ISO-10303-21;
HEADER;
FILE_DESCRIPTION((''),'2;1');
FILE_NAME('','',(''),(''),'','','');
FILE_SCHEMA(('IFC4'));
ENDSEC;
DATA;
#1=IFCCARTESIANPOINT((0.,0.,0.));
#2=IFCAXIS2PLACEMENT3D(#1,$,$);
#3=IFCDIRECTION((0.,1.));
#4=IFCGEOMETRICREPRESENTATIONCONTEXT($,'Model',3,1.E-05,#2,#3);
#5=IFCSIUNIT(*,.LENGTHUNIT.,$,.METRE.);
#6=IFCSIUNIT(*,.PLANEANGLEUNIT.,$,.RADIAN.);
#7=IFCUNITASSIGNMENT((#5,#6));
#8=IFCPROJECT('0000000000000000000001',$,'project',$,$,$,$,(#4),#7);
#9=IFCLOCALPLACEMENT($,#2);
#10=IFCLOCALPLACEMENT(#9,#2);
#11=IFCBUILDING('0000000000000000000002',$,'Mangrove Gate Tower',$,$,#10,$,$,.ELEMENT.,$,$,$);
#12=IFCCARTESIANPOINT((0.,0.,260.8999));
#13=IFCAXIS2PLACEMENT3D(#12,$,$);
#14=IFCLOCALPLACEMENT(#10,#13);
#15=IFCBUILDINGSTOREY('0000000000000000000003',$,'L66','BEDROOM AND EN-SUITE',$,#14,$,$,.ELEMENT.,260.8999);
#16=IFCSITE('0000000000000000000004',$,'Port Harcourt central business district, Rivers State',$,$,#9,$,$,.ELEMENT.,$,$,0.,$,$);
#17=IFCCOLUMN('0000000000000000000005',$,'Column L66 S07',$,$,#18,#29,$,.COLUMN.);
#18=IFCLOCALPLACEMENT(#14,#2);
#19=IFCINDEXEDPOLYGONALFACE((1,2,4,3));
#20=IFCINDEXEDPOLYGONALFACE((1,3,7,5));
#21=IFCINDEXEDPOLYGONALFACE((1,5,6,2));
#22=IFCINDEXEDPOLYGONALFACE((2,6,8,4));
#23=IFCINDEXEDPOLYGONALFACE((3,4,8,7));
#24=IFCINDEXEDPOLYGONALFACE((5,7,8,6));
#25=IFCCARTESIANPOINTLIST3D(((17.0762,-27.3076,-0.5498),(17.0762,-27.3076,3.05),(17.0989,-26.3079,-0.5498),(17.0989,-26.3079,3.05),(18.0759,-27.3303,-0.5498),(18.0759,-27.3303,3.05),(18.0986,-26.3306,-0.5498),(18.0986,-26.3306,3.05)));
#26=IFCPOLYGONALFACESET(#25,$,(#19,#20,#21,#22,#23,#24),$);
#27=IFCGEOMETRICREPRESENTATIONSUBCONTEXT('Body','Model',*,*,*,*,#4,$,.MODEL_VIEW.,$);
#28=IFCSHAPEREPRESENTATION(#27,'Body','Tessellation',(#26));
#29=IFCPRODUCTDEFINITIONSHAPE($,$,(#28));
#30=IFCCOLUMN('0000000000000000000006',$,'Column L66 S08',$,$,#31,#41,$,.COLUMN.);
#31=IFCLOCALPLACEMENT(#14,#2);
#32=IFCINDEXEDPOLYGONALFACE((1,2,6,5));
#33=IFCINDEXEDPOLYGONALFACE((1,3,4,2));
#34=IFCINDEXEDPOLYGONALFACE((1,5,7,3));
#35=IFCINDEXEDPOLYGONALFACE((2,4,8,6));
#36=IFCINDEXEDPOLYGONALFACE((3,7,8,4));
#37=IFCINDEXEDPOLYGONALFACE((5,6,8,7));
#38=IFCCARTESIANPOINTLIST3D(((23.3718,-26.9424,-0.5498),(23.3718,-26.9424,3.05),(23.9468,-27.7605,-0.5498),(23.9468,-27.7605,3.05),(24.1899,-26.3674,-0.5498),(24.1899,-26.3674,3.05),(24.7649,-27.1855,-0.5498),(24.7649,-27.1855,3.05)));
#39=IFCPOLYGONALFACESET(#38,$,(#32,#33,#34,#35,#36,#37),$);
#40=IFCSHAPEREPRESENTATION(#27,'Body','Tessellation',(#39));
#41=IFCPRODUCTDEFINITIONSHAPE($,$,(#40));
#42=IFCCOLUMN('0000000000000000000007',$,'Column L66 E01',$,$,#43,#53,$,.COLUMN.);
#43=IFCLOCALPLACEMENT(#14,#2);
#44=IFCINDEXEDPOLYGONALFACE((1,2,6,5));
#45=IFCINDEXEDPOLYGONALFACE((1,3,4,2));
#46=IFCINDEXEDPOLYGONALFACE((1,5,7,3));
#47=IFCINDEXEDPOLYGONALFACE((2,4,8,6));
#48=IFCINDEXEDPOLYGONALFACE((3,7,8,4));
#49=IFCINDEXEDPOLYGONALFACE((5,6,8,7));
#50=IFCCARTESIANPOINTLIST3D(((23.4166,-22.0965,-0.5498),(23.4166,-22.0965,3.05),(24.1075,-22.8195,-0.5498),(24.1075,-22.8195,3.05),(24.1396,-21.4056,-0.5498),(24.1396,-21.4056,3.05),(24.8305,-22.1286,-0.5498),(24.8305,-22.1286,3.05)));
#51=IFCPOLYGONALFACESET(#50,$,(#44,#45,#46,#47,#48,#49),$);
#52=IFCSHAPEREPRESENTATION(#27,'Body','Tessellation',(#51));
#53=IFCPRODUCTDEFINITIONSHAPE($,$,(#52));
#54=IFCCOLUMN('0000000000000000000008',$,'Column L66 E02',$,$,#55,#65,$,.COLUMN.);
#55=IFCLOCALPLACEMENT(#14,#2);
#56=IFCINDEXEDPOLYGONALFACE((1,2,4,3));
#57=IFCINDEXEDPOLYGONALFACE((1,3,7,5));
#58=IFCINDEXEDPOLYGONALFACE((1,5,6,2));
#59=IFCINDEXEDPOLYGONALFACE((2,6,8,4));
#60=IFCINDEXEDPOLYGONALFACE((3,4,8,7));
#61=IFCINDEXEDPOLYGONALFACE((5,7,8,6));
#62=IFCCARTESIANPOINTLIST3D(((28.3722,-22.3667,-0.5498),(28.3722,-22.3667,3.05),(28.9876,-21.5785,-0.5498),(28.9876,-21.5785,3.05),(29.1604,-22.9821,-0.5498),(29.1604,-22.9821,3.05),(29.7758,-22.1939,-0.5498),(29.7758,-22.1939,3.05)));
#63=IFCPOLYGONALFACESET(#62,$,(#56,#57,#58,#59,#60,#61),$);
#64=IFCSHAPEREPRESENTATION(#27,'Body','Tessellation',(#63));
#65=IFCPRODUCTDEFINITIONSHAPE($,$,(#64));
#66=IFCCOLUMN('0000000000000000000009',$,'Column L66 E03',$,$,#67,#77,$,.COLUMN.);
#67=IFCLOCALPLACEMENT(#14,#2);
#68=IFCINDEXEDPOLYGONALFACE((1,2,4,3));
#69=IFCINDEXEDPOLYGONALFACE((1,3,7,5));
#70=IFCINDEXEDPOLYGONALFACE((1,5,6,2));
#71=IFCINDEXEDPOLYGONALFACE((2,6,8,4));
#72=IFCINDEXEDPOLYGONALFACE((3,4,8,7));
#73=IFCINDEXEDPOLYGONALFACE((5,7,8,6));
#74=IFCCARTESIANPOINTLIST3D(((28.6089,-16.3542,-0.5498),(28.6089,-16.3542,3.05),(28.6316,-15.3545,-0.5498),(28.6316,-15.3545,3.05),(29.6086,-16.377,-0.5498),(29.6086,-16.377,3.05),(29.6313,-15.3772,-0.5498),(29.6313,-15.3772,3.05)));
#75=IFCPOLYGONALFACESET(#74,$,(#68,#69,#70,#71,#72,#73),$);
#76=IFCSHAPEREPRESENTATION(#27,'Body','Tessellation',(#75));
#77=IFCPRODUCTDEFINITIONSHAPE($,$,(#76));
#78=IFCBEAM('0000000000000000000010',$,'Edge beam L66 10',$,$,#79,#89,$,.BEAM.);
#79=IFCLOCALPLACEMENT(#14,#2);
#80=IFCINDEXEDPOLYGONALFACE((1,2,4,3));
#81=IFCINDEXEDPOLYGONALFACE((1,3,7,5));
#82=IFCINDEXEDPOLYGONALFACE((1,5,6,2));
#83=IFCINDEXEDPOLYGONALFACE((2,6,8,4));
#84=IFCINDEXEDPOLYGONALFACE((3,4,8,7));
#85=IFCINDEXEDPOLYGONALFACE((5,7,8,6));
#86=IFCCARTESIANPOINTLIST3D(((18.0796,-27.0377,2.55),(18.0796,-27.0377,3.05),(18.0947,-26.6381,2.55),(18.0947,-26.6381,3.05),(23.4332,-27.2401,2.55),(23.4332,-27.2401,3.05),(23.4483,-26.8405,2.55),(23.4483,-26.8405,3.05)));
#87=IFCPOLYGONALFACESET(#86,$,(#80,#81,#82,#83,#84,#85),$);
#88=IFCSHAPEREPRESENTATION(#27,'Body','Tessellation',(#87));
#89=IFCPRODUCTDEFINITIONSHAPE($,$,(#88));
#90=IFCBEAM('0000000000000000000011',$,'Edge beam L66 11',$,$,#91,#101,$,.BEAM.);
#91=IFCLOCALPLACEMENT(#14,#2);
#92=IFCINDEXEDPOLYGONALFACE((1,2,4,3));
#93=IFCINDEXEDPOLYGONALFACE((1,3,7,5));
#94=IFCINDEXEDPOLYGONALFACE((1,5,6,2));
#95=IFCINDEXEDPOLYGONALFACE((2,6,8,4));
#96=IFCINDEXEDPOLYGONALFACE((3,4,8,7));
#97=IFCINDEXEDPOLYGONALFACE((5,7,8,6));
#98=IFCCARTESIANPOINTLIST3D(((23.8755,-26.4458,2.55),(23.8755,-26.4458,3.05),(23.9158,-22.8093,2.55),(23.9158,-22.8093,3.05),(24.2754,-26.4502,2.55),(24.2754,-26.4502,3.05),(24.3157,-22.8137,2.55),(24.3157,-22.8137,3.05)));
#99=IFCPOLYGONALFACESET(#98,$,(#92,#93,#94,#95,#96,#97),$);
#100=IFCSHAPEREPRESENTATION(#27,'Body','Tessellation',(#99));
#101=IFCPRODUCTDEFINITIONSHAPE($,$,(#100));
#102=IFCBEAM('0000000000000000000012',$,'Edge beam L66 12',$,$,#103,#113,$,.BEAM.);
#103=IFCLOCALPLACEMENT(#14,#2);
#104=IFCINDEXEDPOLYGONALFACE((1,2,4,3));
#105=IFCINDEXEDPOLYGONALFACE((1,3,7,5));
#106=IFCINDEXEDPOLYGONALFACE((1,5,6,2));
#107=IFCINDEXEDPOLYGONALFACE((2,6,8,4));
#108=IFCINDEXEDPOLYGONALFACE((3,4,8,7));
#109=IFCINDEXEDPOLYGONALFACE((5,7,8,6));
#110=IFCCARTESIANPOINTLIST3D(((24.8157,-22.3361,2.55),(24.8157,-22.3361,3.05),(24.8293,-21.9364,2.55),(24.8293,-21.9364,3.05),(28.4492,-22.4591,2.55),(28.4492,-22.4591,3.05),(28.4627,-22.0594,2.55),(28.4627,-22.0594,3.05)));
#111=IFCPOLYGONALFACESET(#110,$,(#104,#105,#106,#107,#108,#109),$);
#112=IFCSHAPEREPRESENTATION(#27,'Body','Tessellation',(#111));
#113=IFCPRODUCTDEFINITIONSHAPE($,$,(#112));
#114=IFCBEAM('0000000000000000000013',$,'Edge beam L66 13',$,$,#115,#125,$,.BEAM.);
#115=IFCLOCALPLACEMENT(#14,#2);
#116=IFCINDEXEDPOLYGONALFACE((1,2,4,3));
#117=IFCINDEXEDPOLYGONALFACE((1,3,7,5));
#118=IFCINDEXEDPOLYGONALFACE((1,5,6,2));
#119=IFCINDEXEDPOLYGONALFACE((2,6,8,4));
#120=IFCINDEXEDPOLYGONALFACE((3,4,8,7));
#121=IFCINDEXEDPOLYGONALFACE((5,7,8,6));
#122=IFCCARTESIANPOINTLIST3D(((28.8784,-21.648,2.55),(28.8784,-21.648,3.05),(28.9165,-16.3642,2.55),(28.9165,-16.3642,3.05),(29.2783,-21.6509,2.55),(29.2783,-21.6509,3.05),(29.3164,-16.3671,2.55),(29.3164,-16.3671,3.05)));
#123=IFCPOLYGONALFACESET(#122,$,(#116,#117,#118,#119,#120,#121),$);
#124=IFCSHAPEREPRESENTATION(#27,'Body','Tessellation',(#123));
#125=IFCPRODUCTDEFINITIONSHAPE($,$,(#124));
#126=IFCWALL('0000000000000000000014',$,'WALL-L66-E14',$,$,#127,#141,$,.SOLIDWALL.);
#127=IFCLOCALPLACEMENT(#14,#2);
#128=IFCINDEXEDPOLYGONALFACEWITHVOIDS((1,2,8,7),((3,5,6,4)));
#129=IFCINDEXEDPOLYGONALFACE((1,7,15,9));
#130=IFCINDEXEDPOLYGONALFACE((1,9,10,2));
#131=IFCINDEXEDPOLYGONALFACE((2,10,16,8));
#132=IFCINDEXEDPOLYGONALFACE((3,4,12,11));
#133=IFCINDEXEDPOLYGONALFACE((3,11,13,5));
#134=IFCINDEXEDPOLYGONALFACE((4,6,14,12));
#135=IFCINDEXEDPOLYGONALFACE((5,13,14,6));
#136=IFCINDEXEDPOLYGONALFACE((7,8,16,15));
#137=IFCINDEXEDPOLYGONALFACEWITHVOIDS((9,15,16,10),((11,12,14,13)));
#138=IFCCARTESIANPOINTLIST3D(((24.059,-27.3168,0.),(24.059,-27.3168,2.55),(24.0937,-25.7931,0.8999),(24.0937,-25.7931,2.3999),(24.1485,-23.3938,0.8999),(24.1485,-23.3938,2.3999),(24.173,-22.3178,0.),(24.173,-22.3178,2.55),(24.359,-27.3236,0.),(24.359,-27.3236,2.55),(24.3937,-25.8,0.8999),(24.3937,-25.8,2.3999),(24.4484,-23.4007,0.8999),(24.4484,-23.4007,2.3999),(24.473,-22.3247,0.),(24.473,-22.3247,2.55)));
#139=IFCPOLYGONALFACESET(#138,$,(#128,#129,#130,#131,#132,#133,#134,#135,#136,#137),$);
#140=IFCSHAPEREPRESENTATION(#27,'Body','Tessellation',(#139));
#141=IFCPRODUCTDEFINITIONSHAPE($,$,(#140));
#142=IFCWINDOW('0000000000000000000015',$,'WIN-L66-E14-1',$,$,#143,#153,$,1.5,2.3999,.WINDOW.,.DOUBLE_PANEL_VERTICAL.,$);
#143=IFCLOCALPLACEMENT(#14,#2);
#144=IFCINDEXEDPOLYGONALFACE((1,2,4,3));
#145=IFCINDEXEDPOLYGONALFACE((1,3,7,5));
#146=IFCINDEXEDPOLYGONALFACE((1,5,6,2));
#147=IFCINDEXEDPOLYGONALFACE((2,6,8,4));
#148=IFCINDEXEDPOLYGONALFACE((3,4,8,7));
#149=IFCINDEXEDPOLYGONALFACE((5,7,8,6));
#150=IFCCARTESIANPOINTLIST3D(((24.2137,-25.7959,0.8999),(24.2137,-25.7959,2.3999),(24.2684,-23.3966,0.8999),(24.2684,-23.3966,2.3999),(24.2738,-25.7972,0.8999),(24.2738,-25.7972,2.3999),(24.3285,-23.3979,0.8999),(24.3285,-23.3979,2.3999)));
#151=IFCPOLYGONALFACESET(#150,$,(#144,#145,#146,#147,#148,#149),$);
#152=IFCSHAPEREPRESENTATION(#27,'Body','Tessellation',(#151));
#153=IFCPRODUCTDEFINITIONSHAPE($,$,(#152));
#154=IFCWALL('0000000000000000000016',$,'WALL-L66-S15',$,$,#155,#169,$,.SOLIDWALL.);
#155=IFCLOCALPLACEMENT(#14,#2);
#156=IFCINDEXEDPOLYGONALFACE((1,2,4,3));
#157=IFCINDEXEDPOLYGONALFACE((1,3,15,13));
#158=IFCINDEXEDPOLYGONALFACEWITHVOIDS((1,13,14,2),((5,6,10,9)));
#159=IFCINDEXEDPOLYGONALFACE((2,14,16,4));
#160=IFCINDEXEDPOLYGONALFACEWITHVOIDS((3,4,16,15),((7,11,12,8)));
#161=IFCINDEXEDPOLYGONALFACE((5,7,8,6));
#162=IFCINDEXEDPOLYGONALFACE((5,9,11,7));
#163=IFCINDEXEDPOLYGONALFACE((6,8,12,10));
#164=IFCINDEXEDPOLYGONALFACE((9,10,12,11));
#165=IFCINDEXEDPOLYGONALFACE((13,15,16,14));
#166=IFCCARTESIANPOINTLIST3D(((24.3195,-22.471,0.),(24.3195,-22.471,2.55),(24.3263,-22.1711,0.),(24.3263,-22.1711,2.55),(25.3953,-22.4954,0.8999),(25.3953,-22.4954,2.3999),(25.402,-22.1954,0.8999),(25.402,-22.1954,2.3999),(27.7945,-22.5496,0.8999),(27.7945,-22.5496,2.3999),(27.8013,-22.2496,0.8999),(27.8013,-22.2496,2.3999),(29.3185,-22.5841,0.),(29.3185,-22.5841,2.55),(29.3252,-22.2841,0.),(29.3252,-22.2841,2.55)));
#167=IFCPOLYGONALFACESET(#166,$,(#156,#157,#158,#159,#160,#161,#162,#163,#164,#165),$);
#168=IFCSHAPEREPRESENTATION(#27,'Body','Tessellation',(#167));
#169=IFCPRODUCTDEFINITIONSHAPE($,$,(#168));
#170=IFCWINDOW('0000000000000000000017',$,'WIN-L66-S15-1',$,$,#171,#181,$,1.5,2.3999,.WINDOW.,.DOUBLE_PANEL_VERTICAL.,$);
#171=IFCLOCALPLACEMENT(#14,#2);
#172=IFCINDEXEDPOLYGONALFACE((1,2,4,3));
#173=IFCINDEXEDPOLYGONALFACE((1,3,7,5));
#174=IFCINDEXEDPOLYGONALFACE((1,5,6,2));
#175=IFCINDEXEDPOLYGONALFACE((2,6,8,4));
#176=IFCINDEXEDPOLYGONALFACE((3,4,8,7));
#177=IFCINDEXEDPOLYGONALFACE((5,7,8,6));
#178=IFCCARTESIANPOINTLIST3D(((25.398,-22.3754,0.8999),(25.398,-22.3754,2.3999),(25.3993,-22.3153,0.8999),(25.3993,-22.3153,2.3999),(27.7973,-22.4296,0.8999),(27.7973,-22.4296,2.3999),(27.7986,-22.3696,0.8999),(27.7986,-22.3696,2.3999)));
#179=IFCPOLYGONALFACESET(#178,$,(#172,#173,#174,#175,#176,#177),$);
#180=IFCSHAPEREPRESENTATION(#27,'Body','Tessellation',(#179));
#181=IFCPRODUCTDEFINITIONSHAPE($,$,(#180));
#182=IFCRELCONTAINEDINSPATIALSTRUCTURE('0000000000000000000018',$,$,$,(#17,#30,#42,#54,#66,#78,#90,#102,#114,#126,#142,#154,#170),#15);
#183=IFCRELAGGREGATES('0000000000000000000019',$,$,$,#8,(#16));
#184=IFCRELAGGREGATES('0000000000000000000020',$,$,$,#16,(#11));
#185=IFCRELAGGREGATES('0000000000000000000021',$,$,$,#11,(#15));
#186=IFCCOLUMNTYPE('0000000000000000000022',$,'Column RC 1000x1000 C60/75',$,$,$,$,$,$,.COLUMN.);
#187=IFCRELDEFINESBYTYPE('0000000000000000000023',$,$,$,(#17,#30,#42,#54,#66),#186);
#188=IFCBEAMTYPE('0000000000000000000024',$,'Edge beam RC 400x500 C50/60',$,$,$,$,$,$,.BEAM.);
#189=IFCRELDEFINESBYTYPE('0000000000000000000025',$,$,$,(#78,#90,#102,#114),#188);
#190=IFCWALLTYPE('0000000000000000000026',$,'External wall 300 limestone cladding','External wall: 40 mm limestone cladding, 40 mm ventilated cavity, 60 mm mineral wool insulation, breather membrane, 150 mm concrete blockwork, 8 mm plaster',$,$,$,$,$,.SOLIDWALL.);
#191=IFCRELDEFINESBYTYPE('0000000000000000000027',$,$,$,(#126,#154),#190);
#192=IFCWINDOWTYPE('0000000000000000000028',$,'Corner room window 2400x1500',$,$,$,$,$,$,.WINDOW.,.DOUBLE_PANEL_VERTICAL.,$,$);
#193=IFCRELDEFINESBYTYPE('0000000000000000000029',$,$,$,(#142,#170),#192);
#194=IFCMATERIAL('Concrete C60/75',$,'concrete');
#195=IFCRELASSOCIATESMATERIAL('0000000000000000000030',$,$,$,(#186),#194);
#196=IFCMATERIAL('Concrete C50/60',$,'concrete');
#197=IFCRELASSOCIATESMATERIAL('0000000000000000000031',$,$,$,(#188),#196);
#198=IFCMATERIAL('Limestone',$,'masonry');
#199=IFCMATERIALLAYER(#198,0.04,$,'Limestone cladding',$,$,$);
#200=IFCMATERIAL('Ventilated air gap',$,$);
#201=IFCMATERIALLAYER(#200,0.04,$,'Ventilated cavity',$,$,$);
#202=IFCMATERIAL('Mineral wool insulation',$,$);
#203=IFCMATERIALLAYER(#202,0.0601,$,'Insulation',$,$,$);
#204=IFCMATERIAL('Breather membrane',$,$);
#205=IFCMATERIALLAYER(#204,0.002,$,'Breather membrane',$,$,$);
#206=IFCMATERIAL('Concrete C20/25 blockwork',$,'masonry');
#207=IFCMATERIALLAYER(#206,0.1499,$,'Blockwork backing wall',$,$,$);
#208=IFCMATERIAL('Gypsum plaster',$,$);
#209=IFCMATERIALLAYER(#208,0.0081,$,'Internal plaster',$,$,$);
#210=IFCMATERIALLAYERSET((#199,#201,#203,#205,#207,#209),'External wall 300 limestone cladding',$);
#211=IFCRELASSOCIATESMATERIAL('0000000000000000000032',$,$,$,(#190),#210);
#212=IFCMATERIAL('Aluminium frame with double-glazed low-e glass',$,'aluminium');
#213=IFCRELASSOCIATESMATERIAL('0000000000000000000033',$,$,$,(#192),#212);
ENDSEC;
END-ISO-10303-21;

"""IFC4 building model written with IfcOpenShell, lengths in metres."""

from ifc_helpers import new_model, si_unit, direction, frame, frame_2d, origin, origin_2d, place, context, subcontext, project, spatial, rectangle, extrude, material, layer, layer_set, material_profile, profile_set, type_object, element, fill, save


model = new_model("IFC4")

# Units and contexts
model_context = context("Model", 3, precision=1e-05, world=origin(), true_north=direction((0.0, 1.0)))
body_context = subcontext(model_context, "Body", "Model", "MODEL_VIEW")
ifc_project = project(units=[si_unit("LENGTHUNIT", "METRE"), si_unit("PLANEANGLEUNIT", "RADIAN")], contexts=[model_context])

# Site, building, storey
site_placement = place(None, origin())
site = spatial("IfcSite", under=ifc_project, at=site_placement, Name="Port Harcourt central business district, Rivers State", CompositionType="ELEMENT", RefElevation=0.0)
building_placement = place(site_placement, origin())
building = spatial("IfcBuilding", under=site, at=building_placement, Name="Mangrove Gate Tower", CompositionType="ELEMENT")
storey_placement = place(building_placement, frame((0.0, 0.0, 260.8999)))
storey = spatial("IfcBuildingStorey", under=building, at=storey_placement, Name="L66", Description="BEDROOM AND EN-SUITE", CompositionType="ELEMENT", Elevation=260.8999)

# Columns
ifc_material_1 = material(Name="Concrete C60/75", Category="concrete")
ifc_material_profile_1 = material_profile(ifc_material_1, rectangle(XDim=1.0, YDim=1.0, at=origin_2d()))
ifc_profile_set_1 = profile_set([ifc_material_profile_1], Name="Concrete C60/75")
column_type = type_object("IfcColumnType", Name="Column RC 1000x1000 C60/75", PredefinedType="COLUMN", material=ifc_profile_set_1)
for number, where, z_axis, x_axis, name in (
    (1, (17.5874, -26.8191, -0.5498), (0.0, 0.0, 1.0), (0.999742, -0.022708, 0.0), "Column L66 S07"),
    (2, (24.0684, -27.064, -0.5498), (0.0, 0.0, 1.0), (0.818121, 0.575046, 0.0), "Column L66 S08"),
    (3, (24.1235, -22.1125, -0.5498), (0.0, 0.0, 1.0), (0.722977, 0.690873, 0.0), "Column L66 E01"),
    (4, (29.074, -22.2803, -0.5498), (0.0, 0.0, 1.0), (0.615428, 0.788193, 0.0), "Column L66 E02"),
    (5, (29.1201, -15.8657, -0.5498), (0.0, 0.0, 1.0), (0.022718, 0.999742, 0.0), "Column L66 E03"),
):
    element("IfcColumn", number, at=place(storey_placement, frame(where, z_axis=z_axis, x_axis=x_axis)), inside=storey, type_object=column_type, Name=name, PredefinedType="COLUMN", context=body_context, shape_type="SweptSolid", body=[
        extrude(rectangle(XDim=1.0, YDim=1.0, at=origin_2d()), origin(), (0.0, 0.0, 1.0), 3.5999),
    ])

# Beams
ifc_material_2 = material(Name="Concrete C50/60", Category="concrete")
ifc_material_profile_2 = material_profile(ifc_material_2, rectangle(XDim=0.3999, YDim=0.5, at=origin_2d()))
ifc_profile_set_2 = profile_set([ifc_material_profile_2], Name="Concrete C50/60")
beam_type = type_object("IfcBeamType", Name="Edge beam RC 400x500 C50/60", PredefinedType="BEAM", material=ifc_profile_set_2)
beam_1_placement = place(storey_placement, frame((18.0872, -26.8379, 2.8), z_axis=(0.999286, -0.037779, 0.0), x_axis=(0.037779, 0.999286, 0.0)))
element("IfcBeam", 6, at=beam_1_placement, inside=storey, type_object=beam_type, Name="Edge beam L66 10", PredefinedType="BEAM", context=body_context, shape_type="SweptSolid", body=[
    extrude(rectangle(XDim=0.3999, YDim=0.5, at=origin_2d()), origin(), (0.0, 0.0, 1.0), 5.3574),
])
beam_2_placement = place(storey_placement, frame((24.0754, -26.448, 2.8), z_axis=(0.011077, 0.999939, 0.0), x_axis=(-0.999939, 0.011077, 0.0)))
element("IfcBeam", 7, at=beam_2_placement, inside=storey, type_object=beam_type, Name="Edge beam L66 11", PredefinedType="BEAM", context=body_context, shape_type="SweptSolid", body=[
    extrude(rectangle(XDim=0.3999, YDim=0.5, at=origin_2d()), origin(), (0.0, 0.0, 1.0), 3.6367),
])
beam_3_placement = place(storey_placement, frame((24.8225, -22.1362, 2.8), z_axis=(0.999427, -0.033847, 0.0), x_axis=(0.033847, 0.999427, 0.0)))
element("IfcBeam", 8, at=beam_3_placement, inside=storey, type_object=beam_type, Name="Edge beam L66 12", PredefinedType="BEAM", context=body_context, shape_type="SweptSolid", body=[
    extrude(rectangle(XDim=0.3999, YDim=0.5, at=origin_2d()), origin(), (0.0, 0.0, 1.0), 3.6355),
])
beam_4_placement = place(storey_placement, frame((29.0784, -21.6494, 2.8), z_axis=(0.007208, 0.999974, 0.0), x_axis=(-0.999974, 0.007208, 0.0)))
element("IfcBeam", 9, at=beam_4_placement, inside=storey, type_object=beam_type, Name="Edge beam L66 13", PredefinedType="BEAM", context=body_context, shape_type="SweptSolid", body=[
    extrude(rectangle(XDim=0.3999, YDim=0.5, at=origin_2d()), origin(), (0.0, 0.0, 1.0), 5.2839),
])

# Shared definitions
ifc_material_3 = material(Name="Limestone", Category="masonry")
ifc_layer_1 = layer(ifc_material_3, 0.04, Name="Limestone cladding")
ifc_material_4 = material(Name="Ventilated air gap")
ifc_layer_2 = layer(ifc_material_4, 0.04, Name="Ventilated cavity")
ifc_material_5 = material(Name="Mineral wool insulation")
ifc_layer_3 = layer(ifc_material_5, 0.0601, Name="Insulation")
ifc_material_6 = material(Name="Breather membrane")
ifc_layer_4 = layer(ifc_material_6, 0.002, Name="Breather membrane")
ifc_material_7 = material(Name="Concrete C20/25 blockwork", Category="masonry")
ifc_layer_5 = layer(ifc_material_7, 0.1499, Name="Blockwork backing wall")
ifc_material_8 = material(Name="Gypsum plaster")
ifc_layer_6 = layer(ifc_material_8, 0.0081, Name="Internal plaster")
ifc_layer_set_1 = layer_set([ifc_layer_1, ifc_layer_2, ifc_layer_3, ifc_layer_4, ifc_layer_5, ifc_layer_6], Name="External wall 300 limestone cladding")
wall_type_1 = type_object("IfcWallType", Name="External wall 300 limestone cladding", Description="External wall: 40 mm limestone cladding, 40 mm ventilated cavity, 60 mm mineral wool insulation, breather membrane, 150 mm concrete blockwork, 8 mm plaster", PredefinedType="SOLIDWALL", material=ifc_layer_set_1)
ifc_material_9 = material(Name="Aluminium frame with double-glazed low-e glass", Category="aluminium")
window_type = type_object("IfcWindowType", Name="Corner room window 2400x1500", PartitioningType="DOUBLE_PANEL_VERTICAL", PredefinedType="WINDOW", material=ifc_material_9)

# Walls, openings, windows
wall_1_placement = place(storey_placement, frame((24.209, -27.3201, 0.0), z_axis=(0.0, 0.0, 1.0), x_axis=(0.022801, 0.99974, 0.0)))
wall_1 = element("IfcWall", 10, at=wall_1_placement, inside=storey, type_object=wall_type_1, Name="WALL-L66-E14", PredefinedType="SOLIDWALL", context=body_context, shape_type="SweptSolid", body=[
    extrude(rectangle(XDim=5.0002, YDim=0.3, at=frame_2d((2.5, 0.0))), origin(), (0.0, 0.0, 1.0), 2.55),
])
opening_1_placement = place(wall_1_placement, frame((1.5239, 0.0, 0.8999)))
opening_1 = element("IfcOpeningElement", 11, at=opening_1_placement, cuts=wall_1, PredefinedType="OPENING", context=body_context, shape_type="SweptSolid", body=[
    extrude(rectangle(XDim=2.3999, YDim=1.5, at=frame_2d((1.2, 0.75))), frame((0.0, 0.1599, 0.0), z_axis=(0.0, -1.0, 0.0), x_axis=(1.0, 0.0, 0.0)), (0.0, 0.0, 1.0), 0.3201),
])
window_1_placement = place(opening_1_placement, origin())
window_1 = element("IfcWindow", 12, at=window_1_placement, inside=storey, type_object=window_type, Name="WIN-L66-E14-1", OverallHeight=1.5, OverallWidth=2.3999, PartitioningType="DOUBLE_PANEL_VERTICAL", PredefinedType="WINDOW", context=body_context, shape_type="SweptSolid", body=[
    extrude(rectangle(XDim=2.3999, YDim=1.5, at=frame_2d((1.2, 0.75))), frame((0.0, 0.03, 0.0), z_axis=(0.0, -1.0, 0.0), x_axis=(1.0, 0.0, 0.0)), (0.0, 0.0, 1.0), 0.0601),
])
fill(opening_1, window_1)
wall_2_placement = place(storey_placement, frame((24.323, -22.321, 0.0), z_axis=(0.0, 0.0, 1.0), x_axis=(0.999744, -0.022606, 0.0)))
wall_2 = element("IfcWall", 13, at=wall_2_placement, inside=storey, type_object=wall_type_1, Name="WALL-L66-S15", PredefinedType="SOLIDWALL", context=body_context, shape_type="SweptSolid", body=[
    extrude(rectangle(XDim=5.0002, YDim=0.3, at=frame_2d((2.5, 0.0))), origin(), (0.0, 0.0, 1.0), 2.55),
])
opening_2_placement = place(wall_2_placement, frame((1.0759, 0.0, 0.8999)))
opening_2 = element("IfcOpeningElement", 14, at=opening_2_placement, cuts=wall_2, PredefinedType="OPENING", context=body_context, shape_type="SweptSolid", body=[
    extrude(rectangle(XDim=2.3999, YDim=1.5, at=frame_2d((1.2, 0.75))), frame((0.0, 0.1599, 0.0), z_axis=(0.0, -1.0, 0.0), x_axis=(1.0, 0.0, 0.0)), (0.0, 0.0, 1.0), 0.3201),
])
window_2_placement = place(opening_2_placement, origin())
window_2 = element("IfcWindow", 15, at=window_2_placement, inside=storey, type_object=window_type, Name="WIN-L66-S15-1", OverallHeight=1.5, OverallWidth=2.3999, PartitioningType="DOUBLE_PANEL_VERTICAL", PredefinedType="WINDOW", context=body_context, shape_type="SweptSolid", body=[
    extrude(rectangle(XDim=2.3999, YDim=1.5, at=frame_2d((1.2, 0.75))), frame((0.0, 0.03, 0.0), z_axis=(0.0, -1.0, 0.0), x_axis=(1.0, 0.0, 0.0)), (0.0, 0.0, 1.0), 0.0601),
])
fill(opening_2, window_2)

save(model, "model.ifc")
